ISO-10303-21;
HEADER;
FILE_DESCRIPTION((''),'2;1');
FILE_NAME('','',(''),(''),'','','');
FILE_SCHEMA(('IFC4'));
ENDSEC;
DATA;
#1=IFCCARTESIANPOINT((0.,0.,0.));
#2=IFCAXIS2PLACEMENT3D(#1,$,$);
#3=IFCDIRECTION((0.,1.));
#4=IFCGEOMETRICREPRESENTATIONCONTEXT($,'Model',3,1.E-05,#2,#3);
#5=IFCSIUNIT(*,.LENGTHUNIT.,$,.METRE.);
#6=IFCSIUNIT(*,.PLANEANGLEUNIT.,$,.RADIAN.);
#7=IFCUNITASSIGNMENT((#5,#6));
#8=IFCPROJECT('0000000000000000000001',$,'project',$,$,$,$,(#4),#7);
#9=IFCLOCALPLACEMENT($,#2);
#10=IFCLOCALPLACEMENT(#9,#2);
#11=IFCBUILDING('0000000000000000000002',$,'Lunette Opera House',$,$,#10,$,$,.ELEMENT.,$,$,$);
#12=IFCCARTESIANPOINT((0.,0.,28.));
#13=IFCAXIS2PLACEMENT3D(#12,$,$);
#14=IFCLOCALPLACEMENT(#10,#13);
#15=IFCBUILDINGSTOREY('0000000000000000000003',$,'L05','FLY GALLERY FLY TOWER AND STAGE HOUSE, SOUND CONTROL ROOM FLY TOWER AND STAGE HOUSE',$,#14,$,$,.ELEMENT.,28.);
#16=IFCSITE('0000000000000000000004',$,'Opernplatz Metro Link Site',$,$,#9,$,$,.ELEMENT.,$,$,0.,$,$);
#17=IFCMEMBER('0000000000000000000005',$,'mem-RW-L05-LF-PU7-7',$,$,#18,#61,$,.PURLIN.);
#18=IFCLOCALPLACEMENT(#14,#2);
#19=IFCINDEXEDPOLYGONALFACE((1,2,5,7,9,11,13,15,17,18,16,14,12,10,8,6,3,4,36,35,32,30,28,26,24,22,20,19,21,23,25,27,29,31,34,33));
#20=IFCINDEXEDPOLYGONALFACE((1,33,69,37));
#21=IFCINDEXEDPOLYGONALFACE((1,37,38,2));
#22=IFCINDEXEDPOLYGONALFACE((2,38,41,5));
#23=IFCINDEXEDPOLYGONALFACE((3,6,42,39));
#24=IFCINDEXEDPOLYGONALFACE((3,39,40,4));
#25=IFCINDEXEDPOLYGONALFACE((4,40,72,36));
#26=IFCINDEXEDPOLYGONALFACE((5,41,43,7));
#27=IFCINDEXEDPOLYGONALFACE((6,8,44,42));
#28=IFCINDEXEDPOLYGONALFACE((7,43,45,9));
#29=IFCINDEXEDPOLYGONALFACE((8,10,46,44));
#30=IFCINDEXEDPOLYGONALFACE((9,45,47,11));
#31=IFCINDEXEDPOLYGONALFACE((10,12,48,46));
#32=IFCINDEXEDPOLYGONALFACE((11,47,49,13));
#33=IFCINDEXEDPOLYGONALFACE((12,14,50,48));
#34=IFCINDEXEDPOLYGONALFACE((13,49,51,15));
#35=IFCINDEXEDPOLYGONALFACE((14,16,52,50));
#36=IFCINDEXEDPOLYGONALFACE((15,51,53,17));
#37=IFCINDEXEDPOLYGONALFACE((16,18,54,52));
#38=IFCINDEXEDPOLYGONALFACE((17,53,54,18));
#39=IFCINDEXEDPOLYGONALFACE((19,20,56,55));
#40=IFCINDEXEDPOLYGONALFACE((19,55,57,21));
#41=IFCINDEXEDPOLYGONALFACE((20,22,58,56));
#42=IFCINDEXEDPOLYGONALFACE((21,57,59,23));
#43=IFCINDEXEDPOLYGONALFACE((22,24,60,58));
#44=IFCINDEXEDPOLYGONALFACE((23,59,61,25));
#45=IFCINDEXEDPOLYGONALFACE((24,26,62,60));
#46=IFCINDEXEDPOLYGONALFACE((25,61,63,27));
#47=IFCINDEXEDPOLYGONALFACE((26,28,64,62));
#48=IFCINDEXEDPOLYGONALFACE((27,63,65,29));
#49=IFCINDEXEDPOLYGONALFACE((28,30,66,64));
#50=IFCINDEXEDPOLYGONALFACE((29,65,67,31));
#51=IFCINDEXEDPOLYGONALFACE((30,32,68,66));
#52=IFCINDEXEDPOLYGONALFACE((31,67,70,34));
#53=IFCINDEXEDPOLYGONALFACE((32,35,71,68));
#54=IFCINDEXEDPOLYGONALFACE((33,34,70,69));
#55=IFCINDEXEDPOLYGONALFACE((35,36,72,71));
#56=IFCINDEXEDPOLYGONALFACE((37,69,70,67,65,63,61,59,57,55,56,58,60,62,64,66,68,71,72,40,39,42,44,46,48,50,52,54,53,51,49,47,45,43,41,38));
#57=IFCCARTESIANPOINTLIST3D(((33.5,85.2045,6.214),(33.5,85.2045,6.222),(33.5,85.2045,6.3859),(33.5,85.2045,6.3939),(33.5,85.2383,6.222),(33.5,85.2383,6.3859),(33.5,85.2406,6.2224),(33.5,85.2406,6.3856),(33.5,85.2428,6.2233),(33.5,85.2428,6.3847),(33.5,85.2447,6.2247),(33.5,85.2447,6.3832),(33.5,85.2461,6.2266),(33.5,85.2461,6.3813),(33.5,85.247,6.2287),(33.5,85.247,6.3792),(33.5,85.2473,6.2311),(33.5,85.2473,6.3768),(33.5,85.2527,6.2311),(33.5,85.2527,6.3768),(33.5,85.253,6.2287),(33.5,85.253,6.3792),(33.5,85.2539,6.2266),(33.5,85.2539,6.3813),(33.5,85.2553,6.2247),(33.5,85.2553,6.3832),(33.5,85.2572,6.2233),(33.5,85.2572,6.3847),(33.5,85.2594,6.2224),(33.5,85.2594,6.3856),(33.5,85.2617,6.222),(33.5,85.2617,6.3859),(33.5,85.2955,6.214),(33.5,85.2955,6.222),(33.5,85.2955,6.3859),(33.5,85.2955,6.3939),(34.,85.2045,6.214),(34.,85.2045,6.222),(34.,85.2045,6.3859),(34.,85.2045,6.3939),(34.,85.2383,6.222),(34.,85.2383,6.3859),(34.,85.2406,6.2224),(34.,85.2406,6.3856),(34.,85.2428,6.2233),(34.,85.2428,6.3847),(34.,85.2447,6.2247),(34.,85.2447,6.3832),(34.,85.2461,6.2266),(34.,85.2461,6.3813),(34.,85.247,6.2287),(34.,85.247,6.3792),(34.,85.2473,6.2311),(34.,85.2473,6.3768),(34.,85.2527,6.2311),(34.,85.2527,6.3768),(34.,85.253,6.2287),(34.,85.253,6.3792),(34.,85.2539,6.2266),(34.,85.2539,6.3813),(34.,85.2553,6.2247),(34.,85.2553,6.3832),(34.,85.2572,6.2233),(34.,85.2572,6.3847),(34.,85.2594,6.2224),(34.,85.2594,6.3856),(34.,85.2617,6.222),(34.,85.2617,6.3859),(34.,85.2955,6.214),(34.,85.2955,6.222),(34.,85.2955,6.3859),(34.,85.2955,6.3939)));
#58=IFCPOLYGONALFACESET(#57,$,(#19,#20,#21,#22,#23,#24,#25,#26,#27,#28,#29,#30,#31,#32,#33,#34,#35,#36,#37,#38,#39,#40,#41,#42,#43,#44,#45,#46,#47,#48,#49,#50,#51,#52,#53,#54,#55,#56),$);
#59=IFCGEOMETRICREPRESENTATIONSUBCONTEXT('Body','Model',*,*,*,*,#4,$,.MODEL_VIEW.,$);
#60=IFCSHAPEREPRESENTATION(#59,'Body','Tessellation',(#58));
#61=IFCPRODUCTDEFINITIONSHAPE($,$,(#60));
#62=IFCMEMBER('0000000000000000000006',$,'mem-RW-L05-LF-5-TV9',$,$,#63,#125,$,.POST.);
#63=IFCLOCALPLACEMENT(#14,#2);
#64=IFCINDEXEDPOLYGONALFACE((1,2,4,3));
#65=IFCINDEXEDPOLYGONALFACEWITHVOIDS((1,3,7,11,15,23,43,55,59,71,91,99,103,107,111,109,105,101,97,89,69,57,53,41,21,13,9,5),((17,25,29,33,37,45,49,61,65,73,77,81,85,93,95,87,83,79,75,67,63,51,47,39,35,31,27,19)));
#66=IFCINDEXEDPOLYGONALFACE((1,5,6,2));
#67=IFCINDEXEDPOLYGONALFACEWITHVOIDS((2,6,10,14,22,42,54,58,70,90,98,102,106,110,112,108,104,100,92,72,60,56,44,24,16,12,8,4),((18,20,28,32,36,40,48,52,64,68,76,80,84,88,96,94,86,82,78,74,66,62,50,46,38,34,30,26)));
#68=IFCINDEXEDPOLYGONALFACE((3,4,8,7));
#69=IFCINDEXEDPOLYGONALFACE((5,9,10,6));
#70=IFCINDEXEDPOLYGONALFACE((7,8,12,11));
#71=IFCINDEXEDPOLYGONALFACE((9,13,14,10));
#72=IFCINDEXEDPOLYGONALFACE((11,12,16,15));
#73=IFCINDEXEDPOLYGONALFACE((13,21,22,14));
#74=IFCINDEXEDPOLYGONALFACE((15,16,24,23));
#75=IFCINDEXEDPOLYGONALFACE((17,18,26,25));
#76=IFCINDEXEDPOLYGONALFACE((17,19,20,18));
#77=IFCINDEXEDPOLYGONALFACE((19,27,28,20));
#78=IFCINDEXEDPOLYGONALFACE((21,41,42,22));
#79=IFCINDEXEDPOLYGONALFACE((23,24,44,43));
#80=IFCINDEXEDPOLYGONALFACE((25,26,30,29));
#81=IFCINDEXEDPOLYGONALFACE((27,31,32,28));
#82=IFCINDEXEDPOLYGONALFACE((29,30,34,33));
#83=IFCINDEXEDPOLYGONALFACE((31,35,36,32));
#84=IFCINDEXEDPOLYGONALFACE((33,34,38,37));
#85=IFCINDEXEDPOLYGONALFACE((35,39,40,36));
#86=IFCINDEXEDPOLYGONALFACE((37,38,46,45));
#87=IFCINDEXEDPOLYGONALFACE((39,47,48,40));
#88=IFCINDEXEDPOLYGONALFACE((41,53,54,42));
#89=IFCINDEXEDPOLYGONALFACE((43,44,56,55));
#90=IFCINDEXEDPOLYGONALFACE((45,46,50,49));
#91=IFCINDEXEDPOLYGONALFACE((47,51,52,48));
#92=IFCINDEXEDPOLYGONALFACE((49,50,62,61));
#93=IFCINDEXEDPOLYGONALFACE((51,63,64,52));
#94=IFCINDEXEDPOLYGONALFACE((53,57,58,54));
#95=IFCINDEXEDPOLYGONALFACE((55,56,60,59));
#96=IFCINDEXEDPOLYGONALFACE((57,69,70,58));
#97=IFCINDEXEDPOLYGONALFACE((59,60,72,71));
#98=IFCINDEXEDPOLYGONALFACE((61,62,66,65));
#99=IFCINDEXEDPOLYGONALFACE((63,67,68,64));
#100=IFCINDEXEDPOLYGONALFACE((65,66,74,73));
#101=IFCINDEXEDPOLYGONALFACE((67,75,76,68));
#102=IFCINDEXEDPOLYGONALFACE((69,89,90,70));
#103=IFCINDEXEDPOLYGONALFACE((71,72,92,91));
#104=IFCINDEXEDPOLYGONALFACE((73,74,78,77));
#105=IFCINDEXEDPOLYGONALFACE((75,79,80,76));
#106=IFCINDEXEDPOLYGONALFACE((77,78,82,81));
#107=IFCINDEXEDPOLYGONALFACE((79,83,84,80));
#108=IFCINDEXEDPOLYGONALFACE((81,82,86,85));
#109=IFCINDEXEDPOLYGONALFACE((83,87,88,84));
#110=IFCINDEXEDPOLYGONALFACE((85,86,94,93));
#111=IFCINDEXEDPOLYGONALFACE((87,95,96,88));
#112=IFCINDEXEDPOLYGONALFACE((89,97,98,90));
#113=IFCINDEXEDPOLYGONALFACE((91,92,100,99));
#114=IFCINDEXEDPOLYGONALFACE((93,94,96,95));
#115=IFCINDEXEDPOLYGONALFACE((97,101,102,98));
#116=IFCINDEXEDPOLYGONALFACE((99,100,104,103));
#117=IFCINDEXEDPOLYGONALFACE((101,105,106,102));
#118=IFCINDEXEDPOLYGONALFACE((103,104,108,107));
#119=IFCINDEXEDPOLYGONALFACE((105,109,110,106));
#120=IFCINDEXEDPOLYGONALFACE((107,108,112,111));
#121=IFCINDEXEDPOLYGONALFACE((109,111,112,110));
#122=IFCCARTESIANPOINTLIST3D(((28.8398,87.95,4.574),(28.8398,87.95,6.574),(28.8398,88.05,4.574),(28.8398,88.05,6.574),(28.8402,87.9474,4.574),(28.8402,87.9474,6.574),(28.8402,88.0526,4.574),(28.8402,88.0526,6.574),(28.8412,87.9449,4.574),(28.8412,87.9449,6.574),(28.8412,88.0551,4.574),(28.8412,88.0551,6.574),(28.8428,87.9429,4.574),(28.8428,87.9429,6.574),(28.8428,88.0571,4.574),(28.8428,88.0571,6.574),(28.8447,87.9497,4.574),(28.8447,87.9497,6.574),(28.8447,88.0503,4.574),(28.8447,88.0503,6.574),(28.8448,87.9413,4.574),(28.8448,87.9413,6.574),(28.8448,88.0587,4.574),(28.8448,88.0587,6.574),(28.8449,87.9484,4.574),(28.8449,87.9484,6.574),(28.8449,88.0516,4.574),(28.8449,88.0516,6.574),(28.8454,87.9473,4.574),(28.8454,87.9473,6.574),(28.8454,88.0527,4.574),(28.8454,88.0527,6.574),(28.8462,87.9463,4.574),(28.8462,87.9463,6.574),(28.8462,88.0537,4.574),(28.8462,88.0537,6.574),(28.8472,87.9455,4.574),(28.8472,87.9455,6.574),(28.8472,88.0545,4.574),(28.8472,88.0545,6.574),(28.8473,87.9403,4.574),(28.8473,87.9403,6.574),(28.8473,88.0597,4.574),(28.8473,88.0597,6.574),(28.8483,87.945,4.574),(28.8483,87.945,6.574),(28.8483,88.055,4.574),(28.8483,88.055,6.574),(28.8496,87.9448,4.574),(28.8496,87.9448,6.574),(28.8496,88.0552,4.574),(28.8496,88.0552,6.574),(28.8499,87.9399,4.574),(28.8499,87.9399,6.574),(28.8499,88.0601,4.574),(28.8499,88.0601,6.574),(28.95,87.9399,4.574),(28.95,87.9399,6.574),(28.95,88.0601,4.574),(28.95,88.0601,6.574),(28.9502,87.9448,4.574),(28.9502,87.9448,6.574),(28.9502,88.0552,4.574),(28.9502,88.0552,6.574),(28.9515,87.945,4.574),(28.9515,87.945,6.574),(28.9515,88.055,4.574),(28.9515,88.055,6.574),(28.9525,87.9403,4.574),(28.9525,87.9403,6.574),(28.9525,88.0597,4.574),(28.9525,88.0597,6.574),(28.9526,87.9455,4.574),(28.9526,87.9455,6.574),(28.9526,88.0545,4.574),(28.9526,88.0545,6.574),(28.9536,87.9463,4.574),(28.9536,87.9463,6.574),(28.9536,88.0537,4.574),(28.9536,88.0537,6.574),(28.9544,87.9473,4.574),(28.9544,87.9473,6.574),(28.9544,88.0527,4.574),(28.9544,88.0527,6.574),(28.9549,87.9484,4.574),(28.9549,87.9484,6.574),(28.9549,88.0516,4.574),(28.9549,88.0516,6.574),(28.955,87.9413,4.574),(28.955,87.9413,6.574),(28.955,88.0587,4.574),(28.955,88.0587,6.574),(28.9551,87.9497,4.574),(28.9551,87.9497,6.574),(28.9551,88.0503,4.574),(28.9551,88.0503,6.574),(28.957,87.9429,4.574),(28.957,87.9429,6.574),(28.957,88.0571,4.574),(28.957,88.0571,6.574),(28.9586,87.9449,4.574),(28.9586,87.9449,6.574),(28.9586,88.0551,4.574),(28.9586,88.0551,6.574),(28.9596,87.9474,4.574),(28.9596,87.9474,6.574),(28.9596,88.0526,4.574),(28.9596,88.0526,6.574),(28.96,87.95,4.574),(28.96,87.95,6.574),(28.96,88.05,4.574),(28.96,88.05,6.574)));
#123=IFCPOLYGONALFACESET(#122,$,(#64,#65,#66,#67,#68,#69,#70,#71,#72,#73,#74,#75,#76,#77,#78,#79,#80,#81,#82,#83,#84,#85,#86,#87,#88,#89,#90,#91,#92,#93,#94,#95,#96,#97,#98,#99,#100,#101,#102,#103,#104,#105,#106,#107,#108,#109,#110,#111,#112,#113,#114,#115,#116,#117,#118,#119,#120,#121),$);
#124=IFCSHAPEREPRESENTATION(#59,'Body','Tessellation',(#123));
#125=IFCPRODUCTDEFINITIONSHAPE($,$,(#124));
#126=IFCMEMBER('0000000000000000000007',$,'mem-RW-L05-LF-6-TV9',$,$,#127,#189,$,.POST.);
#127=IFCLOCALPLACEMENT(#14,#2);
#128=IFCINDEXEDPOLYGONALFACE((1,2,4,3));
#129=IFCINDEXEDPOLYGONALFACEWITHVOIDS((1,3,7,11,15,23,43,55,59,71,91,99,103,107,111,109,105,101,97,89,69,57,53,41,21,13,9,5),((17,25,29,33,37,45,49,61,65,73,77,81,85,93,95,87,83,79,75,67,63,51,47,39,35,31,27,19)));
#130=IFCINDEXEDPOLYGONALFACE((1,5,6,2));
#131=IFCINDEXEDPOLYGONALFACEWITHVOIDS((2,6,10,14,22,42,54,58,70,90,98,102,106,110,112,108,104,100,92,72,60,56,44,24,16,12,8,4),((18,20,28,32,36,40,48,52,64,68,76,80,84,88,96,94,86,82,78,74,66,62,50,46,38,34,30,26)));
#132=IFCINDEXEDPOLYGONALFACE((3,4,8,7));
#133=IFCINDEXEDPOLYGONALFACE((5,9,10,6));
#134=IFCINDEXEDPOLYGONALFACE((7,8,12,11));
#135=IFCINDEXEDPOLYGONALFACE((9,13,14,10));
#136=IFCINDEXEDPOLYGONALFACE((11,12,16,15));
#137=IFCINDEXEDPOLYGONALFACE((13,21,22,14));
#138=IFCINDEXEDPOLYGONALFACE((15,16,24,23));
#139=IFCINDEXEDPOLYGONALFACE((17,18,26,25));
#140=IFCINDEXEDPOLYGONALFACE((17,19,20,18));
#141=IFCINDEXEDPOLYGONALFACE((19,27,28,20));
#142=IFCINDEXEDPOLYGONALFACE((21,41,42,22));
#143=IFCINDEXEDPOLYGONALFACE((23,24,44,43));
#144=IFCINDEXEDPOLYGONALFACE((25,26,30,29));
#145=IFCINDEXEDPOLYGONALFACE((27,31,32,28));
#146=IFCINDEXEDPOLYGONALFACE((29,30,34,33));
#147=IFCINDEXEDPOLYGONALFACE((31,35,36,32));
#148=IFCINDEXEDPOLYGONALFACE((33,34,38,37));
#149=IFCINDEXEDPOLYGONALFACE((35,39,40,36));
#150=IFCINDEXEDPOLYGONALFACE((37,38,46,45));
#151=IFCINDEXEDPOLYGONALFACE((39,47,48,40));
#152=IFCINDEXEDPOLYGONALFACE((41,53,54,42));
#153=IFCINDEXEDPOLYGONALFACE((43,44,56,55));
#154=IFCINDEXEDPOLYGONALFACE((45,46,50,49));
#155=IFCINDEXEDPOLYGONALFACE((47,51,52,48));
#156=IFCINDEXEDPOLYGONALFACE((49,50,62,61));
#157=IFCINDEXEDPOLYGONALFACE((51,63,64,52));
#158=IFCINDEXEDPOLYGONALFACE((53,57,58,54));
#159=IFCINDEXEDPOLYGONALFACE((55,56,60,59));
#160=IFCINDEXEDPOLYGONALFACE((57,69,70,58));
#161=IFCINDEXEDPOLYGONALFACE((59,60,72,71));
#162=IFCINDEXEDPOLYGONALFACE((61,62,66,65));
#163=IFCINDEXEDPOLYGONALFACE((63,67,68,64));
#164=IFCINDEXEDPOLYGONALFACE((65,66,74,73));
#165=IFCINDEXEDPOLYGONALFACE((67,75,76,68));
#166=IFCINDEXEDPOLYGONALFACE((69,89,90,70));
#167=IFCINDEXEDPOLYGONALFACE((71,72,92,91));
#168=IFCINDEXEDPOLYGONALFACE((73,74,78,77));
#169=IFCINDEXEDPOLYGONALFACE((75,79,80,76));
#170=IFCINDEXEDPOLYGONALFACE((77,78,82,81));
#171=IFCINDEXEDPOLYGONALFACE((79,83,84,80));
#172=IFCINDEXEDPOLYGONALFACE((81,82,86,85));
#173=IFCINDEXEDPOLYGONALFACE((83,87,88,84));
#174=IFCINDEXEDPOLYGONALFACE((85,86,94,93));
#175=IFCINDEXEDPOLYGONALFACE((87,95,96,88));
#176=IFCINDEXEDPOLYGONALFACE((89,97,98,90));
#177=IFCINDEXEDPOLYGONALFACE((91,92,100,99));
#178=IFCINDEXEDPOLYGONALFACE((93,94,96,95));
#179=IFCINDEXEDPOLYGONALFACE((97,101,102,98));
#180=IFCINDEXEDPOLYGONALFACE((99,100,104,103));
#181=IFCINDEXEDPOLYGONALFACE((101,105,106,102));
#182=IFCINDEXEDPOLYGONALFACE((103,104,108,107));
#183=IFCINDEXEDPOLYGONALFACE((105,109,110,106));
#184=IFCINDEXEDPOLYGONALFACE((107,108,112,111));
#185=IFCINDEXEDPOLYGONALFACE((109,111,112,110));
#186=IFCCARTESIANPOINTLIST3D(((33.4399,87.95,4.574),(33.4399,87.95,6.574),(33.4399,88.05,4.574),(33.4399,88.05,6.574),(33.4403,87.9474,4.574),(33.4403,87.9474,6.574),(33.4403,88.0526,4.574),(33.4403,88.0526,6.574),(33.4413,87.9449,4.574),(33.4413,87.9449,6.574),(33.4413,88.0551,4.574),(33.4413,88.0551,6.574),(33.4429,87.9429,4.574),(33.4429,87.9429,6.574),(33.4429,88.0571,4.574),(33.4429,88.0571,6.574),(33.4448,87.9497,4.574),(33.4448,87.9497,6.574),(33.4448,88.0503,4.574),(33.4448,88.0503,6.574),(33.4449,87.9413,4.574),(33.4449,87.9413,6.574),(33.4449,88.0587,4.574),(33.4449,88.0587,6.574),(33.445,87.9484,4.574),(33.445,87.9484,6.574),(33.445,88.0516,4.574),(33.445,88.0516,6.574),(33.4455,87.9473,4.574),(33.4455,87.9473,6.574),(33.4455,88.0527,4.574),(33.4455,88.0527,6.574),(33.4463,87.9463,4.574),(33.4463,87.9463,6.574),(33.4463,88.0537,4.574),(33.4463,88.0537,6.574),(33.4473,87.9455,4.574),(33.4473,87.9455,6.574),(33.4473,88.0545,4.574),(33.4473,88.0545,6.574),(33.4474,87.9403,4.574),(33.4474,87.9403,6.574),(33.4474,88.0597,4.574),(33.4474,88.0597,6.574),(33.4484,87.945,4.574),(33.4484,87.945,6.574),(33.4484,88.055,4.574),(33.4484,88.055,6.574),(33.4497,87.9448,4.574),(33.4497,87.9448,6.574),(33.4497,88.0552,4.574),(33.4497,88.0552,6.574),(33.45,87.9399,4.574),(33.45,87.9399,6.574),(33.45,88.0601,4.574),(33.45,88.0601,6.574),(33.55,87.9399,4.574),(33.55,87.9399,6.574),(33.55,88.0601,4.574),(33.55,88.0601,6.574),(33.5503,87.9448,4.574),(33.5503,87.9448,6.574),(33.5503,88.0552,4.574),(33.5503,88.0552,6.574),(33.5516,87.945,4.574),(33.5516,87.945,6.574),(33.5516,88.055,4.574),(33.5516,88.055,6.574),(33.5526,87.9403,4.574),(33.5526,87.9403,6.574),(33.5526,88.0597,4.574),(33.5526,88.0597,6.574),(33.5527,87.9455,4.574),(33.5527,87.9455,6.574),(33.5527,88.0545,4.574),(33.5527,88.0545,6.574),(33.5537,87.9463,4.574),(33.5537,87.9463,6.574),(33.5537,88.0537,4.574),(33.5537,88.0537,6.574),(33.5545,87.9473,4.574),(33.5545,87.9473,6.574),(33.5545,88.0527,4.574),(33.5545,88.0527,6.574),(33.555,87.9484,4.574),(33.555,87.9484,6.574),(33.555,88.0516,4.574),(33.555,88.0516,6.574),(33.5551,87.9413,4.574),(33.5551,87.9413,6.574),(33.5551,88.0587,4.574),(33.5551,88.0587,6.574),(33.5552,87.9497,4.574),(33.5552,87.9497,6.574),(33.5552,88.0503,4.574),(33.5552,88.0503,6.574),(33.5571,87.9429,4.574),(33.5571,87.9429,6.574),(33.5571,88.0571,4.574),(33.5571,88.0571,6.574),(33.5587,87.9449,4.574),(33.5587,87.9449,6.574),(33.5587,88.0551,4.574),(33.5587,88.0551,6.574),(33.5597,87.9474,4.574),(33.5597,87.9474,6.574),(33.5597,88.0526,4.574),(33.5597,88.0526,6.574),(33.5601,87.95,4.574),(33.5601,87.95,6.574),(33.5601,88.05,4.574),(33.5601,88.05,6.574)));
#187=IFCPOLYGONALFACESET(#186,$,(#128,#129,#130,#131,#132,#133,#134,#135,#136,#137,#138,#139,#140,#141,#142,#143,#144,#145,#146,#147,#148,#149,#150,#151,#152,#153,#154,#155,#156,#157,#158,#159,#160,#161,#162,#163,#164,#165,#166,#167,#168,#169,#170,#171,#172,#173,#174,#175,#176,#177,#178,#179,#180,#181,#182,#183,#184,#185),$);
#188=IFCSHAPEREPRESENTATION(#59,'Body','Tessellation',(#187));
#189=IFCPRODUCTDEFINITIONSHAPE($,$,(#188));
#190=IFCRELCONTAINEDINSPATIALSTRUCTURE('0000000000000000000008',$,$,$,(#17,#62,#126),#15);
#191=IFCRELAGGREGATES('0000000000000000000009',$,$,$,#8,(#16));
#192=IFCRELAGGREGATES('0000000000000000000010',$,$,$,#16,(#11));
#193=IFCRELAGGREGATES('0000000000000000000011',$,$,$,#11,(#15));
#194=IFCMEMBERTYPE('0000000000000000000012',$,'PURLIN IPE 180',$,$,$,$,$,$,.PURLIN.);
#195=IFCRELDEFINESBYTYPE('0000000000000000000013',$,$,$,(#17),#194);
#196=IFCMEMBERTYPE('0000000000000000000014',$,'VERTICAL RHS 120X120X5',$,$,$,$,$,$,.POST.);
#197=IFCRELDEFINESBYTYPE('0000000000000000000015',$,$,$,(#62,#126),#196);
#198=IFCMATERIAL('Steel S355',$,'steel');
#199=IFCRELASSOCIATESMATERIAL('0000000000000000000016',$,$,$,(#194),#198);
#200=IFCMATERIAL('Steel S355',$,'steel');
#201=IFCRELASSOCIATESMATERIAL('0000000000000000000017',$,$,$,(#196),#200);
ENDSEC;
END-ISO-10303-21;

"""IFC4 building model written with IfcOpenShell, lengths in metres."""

from ifc_helpers import new_model, si_unit, direction, frame, origin, origin_2d, place, context, subcontext, project, spatial, hollow_rectangle, i_section, extrude, material, material_profile, profile_set, type_object, element, save


model = new_model("IFC4")

# Units and contexts
model_context = context("Model", 3, precision=1e-05, world=origin(), true_north=direction((0.0, 1.0)))
body_context = subcontext(model_context, "Body", "Model", "MODEL_VIEW")
ifc_project = project(units=[si_unit("LENGTHUNIT", "METRE"), si_unit("PLANEANGLEUNIT", "RADIAN")], contexts=[model_context])

# Site, building, storey
site_placement = place(None, origin())
site = spatial("IfcSite", under=ifc_project, at=site_placement, Name="Opernplatz Metro Link Site", CompositionType="ELEMENT", RefElevation=0.0)
building_placement = place(site_placement, origin())
building = spatial("IfcBuilding", under=site, at=building_placement, Name="Lunette Opera House", CompositionType="ELEMENT")
storey_placement = place(building_placement, frame((0.0, 0.0, 28.0)))
storey = spatial("IfcBuildingStorey", under=building, at=storey_placement, Name="L05", Description="FLY GALLERY FLY TOWER AND STAGE HOUSE, SOUND CONTROL ROOM FLY TOWER AND STAGE HOUSE", CompositionType="ELEMENT", Elevation=28.0)

# Members
ifc_material_1 = material(Name="Steel S355", Category="steel")
ifc_material_profile_1 = material_profile(ifc_material_1, i_section(OverallWidth=0.0911, OverallDepth=0.1799, WebThickness=0.0054, FlangeThickness=0.0081, FilletRadius=0.009, at=origin_2d()), Name="IPE 180")
ifc_profile_set_1 = profile_set([ifc_material_profile_1], Name="Steel S355")
member_type_1 = type_object("IfcMemberType", Name="PURLIN IPE 180", PredefinedType="PURLIN", material=ifc_profile_set_1)
member_placement = place(storey_placement, frame((33.5, 85.25, 6.304), z_axis=(1.0, 0.0, 0.0), x_axis=(0.0, 1.0, 0.0)))
element("IfcMember", 1, at=member_placement, inside=storey, type_object=member_type_1, Name="mem-RW-L05-LF-PU7-7", PredefinedType="PURLIN", context=body_context, shape_type="SweptSolid", body=[
    extrude(i_section(OverallWidth=0.0911, OverallDepth=0.1799, WebThickness=0.0054, FlangeThickness=0.0081, FilletRadius=0.009, at=origin_2d()), origin(), (0.0, 0.0, 1.0), 0.5),
])
ifc_material_2 = material(Name="Steel S355", Category="steel")
ifc_material_profile_2 = material_profile(ifc_material_2, hollow_rectangle(XDim=0.1201, YDim=0.1201, WallThickness=0.0049, InnerFilletRadius=0.0049, OuterFilletRadius=0.01, at=origin_2d()), Name="RHS 120X120X5")
ifc_profile_set_2 = profile_set([ifc_material_profile_2], Name="Steel S355")
member_type_2 = type_object("IfcMemberType", Name="VERTICAL RHS 120X120X5", PredefinedType="POST", material=ifc_profile_set_2)
for number, where, z_axis, x_axis, name in (
    (2, (28.8999, 88.0, 4.574), (0.0, 0.0, 1.0), (1.0, 0.0, 0.0), "mem-RW-L05-LF-5-TV9"),
    (3, (33.5, 88.0, 4.574), (0.0, 0.0, 1.0), (1.0, 0.0, 0.0), "mem-RW-L05-LF-6-TV9"),
):
    element("IfcMember", number, at=place(storey_placement, frame(where, z_axis=z_axis, x_axis=x_axis)), inside=storey, type_object=member_type_2, Name=name, PredefinedType="POST", context=body_context, shape_type="SweptSolid", body=[
        extrude(hollow_rectangle(XDim=0.1201, YDim=0.1201, WallThickness=0.0049, InnerFilletRadius=0.0049, OuterFilletRadius=0.01, at=origin_2d()), origin(), (0.0, 0.0, 1.0), 2.0),
    ])

save(model, "model.ifc")
